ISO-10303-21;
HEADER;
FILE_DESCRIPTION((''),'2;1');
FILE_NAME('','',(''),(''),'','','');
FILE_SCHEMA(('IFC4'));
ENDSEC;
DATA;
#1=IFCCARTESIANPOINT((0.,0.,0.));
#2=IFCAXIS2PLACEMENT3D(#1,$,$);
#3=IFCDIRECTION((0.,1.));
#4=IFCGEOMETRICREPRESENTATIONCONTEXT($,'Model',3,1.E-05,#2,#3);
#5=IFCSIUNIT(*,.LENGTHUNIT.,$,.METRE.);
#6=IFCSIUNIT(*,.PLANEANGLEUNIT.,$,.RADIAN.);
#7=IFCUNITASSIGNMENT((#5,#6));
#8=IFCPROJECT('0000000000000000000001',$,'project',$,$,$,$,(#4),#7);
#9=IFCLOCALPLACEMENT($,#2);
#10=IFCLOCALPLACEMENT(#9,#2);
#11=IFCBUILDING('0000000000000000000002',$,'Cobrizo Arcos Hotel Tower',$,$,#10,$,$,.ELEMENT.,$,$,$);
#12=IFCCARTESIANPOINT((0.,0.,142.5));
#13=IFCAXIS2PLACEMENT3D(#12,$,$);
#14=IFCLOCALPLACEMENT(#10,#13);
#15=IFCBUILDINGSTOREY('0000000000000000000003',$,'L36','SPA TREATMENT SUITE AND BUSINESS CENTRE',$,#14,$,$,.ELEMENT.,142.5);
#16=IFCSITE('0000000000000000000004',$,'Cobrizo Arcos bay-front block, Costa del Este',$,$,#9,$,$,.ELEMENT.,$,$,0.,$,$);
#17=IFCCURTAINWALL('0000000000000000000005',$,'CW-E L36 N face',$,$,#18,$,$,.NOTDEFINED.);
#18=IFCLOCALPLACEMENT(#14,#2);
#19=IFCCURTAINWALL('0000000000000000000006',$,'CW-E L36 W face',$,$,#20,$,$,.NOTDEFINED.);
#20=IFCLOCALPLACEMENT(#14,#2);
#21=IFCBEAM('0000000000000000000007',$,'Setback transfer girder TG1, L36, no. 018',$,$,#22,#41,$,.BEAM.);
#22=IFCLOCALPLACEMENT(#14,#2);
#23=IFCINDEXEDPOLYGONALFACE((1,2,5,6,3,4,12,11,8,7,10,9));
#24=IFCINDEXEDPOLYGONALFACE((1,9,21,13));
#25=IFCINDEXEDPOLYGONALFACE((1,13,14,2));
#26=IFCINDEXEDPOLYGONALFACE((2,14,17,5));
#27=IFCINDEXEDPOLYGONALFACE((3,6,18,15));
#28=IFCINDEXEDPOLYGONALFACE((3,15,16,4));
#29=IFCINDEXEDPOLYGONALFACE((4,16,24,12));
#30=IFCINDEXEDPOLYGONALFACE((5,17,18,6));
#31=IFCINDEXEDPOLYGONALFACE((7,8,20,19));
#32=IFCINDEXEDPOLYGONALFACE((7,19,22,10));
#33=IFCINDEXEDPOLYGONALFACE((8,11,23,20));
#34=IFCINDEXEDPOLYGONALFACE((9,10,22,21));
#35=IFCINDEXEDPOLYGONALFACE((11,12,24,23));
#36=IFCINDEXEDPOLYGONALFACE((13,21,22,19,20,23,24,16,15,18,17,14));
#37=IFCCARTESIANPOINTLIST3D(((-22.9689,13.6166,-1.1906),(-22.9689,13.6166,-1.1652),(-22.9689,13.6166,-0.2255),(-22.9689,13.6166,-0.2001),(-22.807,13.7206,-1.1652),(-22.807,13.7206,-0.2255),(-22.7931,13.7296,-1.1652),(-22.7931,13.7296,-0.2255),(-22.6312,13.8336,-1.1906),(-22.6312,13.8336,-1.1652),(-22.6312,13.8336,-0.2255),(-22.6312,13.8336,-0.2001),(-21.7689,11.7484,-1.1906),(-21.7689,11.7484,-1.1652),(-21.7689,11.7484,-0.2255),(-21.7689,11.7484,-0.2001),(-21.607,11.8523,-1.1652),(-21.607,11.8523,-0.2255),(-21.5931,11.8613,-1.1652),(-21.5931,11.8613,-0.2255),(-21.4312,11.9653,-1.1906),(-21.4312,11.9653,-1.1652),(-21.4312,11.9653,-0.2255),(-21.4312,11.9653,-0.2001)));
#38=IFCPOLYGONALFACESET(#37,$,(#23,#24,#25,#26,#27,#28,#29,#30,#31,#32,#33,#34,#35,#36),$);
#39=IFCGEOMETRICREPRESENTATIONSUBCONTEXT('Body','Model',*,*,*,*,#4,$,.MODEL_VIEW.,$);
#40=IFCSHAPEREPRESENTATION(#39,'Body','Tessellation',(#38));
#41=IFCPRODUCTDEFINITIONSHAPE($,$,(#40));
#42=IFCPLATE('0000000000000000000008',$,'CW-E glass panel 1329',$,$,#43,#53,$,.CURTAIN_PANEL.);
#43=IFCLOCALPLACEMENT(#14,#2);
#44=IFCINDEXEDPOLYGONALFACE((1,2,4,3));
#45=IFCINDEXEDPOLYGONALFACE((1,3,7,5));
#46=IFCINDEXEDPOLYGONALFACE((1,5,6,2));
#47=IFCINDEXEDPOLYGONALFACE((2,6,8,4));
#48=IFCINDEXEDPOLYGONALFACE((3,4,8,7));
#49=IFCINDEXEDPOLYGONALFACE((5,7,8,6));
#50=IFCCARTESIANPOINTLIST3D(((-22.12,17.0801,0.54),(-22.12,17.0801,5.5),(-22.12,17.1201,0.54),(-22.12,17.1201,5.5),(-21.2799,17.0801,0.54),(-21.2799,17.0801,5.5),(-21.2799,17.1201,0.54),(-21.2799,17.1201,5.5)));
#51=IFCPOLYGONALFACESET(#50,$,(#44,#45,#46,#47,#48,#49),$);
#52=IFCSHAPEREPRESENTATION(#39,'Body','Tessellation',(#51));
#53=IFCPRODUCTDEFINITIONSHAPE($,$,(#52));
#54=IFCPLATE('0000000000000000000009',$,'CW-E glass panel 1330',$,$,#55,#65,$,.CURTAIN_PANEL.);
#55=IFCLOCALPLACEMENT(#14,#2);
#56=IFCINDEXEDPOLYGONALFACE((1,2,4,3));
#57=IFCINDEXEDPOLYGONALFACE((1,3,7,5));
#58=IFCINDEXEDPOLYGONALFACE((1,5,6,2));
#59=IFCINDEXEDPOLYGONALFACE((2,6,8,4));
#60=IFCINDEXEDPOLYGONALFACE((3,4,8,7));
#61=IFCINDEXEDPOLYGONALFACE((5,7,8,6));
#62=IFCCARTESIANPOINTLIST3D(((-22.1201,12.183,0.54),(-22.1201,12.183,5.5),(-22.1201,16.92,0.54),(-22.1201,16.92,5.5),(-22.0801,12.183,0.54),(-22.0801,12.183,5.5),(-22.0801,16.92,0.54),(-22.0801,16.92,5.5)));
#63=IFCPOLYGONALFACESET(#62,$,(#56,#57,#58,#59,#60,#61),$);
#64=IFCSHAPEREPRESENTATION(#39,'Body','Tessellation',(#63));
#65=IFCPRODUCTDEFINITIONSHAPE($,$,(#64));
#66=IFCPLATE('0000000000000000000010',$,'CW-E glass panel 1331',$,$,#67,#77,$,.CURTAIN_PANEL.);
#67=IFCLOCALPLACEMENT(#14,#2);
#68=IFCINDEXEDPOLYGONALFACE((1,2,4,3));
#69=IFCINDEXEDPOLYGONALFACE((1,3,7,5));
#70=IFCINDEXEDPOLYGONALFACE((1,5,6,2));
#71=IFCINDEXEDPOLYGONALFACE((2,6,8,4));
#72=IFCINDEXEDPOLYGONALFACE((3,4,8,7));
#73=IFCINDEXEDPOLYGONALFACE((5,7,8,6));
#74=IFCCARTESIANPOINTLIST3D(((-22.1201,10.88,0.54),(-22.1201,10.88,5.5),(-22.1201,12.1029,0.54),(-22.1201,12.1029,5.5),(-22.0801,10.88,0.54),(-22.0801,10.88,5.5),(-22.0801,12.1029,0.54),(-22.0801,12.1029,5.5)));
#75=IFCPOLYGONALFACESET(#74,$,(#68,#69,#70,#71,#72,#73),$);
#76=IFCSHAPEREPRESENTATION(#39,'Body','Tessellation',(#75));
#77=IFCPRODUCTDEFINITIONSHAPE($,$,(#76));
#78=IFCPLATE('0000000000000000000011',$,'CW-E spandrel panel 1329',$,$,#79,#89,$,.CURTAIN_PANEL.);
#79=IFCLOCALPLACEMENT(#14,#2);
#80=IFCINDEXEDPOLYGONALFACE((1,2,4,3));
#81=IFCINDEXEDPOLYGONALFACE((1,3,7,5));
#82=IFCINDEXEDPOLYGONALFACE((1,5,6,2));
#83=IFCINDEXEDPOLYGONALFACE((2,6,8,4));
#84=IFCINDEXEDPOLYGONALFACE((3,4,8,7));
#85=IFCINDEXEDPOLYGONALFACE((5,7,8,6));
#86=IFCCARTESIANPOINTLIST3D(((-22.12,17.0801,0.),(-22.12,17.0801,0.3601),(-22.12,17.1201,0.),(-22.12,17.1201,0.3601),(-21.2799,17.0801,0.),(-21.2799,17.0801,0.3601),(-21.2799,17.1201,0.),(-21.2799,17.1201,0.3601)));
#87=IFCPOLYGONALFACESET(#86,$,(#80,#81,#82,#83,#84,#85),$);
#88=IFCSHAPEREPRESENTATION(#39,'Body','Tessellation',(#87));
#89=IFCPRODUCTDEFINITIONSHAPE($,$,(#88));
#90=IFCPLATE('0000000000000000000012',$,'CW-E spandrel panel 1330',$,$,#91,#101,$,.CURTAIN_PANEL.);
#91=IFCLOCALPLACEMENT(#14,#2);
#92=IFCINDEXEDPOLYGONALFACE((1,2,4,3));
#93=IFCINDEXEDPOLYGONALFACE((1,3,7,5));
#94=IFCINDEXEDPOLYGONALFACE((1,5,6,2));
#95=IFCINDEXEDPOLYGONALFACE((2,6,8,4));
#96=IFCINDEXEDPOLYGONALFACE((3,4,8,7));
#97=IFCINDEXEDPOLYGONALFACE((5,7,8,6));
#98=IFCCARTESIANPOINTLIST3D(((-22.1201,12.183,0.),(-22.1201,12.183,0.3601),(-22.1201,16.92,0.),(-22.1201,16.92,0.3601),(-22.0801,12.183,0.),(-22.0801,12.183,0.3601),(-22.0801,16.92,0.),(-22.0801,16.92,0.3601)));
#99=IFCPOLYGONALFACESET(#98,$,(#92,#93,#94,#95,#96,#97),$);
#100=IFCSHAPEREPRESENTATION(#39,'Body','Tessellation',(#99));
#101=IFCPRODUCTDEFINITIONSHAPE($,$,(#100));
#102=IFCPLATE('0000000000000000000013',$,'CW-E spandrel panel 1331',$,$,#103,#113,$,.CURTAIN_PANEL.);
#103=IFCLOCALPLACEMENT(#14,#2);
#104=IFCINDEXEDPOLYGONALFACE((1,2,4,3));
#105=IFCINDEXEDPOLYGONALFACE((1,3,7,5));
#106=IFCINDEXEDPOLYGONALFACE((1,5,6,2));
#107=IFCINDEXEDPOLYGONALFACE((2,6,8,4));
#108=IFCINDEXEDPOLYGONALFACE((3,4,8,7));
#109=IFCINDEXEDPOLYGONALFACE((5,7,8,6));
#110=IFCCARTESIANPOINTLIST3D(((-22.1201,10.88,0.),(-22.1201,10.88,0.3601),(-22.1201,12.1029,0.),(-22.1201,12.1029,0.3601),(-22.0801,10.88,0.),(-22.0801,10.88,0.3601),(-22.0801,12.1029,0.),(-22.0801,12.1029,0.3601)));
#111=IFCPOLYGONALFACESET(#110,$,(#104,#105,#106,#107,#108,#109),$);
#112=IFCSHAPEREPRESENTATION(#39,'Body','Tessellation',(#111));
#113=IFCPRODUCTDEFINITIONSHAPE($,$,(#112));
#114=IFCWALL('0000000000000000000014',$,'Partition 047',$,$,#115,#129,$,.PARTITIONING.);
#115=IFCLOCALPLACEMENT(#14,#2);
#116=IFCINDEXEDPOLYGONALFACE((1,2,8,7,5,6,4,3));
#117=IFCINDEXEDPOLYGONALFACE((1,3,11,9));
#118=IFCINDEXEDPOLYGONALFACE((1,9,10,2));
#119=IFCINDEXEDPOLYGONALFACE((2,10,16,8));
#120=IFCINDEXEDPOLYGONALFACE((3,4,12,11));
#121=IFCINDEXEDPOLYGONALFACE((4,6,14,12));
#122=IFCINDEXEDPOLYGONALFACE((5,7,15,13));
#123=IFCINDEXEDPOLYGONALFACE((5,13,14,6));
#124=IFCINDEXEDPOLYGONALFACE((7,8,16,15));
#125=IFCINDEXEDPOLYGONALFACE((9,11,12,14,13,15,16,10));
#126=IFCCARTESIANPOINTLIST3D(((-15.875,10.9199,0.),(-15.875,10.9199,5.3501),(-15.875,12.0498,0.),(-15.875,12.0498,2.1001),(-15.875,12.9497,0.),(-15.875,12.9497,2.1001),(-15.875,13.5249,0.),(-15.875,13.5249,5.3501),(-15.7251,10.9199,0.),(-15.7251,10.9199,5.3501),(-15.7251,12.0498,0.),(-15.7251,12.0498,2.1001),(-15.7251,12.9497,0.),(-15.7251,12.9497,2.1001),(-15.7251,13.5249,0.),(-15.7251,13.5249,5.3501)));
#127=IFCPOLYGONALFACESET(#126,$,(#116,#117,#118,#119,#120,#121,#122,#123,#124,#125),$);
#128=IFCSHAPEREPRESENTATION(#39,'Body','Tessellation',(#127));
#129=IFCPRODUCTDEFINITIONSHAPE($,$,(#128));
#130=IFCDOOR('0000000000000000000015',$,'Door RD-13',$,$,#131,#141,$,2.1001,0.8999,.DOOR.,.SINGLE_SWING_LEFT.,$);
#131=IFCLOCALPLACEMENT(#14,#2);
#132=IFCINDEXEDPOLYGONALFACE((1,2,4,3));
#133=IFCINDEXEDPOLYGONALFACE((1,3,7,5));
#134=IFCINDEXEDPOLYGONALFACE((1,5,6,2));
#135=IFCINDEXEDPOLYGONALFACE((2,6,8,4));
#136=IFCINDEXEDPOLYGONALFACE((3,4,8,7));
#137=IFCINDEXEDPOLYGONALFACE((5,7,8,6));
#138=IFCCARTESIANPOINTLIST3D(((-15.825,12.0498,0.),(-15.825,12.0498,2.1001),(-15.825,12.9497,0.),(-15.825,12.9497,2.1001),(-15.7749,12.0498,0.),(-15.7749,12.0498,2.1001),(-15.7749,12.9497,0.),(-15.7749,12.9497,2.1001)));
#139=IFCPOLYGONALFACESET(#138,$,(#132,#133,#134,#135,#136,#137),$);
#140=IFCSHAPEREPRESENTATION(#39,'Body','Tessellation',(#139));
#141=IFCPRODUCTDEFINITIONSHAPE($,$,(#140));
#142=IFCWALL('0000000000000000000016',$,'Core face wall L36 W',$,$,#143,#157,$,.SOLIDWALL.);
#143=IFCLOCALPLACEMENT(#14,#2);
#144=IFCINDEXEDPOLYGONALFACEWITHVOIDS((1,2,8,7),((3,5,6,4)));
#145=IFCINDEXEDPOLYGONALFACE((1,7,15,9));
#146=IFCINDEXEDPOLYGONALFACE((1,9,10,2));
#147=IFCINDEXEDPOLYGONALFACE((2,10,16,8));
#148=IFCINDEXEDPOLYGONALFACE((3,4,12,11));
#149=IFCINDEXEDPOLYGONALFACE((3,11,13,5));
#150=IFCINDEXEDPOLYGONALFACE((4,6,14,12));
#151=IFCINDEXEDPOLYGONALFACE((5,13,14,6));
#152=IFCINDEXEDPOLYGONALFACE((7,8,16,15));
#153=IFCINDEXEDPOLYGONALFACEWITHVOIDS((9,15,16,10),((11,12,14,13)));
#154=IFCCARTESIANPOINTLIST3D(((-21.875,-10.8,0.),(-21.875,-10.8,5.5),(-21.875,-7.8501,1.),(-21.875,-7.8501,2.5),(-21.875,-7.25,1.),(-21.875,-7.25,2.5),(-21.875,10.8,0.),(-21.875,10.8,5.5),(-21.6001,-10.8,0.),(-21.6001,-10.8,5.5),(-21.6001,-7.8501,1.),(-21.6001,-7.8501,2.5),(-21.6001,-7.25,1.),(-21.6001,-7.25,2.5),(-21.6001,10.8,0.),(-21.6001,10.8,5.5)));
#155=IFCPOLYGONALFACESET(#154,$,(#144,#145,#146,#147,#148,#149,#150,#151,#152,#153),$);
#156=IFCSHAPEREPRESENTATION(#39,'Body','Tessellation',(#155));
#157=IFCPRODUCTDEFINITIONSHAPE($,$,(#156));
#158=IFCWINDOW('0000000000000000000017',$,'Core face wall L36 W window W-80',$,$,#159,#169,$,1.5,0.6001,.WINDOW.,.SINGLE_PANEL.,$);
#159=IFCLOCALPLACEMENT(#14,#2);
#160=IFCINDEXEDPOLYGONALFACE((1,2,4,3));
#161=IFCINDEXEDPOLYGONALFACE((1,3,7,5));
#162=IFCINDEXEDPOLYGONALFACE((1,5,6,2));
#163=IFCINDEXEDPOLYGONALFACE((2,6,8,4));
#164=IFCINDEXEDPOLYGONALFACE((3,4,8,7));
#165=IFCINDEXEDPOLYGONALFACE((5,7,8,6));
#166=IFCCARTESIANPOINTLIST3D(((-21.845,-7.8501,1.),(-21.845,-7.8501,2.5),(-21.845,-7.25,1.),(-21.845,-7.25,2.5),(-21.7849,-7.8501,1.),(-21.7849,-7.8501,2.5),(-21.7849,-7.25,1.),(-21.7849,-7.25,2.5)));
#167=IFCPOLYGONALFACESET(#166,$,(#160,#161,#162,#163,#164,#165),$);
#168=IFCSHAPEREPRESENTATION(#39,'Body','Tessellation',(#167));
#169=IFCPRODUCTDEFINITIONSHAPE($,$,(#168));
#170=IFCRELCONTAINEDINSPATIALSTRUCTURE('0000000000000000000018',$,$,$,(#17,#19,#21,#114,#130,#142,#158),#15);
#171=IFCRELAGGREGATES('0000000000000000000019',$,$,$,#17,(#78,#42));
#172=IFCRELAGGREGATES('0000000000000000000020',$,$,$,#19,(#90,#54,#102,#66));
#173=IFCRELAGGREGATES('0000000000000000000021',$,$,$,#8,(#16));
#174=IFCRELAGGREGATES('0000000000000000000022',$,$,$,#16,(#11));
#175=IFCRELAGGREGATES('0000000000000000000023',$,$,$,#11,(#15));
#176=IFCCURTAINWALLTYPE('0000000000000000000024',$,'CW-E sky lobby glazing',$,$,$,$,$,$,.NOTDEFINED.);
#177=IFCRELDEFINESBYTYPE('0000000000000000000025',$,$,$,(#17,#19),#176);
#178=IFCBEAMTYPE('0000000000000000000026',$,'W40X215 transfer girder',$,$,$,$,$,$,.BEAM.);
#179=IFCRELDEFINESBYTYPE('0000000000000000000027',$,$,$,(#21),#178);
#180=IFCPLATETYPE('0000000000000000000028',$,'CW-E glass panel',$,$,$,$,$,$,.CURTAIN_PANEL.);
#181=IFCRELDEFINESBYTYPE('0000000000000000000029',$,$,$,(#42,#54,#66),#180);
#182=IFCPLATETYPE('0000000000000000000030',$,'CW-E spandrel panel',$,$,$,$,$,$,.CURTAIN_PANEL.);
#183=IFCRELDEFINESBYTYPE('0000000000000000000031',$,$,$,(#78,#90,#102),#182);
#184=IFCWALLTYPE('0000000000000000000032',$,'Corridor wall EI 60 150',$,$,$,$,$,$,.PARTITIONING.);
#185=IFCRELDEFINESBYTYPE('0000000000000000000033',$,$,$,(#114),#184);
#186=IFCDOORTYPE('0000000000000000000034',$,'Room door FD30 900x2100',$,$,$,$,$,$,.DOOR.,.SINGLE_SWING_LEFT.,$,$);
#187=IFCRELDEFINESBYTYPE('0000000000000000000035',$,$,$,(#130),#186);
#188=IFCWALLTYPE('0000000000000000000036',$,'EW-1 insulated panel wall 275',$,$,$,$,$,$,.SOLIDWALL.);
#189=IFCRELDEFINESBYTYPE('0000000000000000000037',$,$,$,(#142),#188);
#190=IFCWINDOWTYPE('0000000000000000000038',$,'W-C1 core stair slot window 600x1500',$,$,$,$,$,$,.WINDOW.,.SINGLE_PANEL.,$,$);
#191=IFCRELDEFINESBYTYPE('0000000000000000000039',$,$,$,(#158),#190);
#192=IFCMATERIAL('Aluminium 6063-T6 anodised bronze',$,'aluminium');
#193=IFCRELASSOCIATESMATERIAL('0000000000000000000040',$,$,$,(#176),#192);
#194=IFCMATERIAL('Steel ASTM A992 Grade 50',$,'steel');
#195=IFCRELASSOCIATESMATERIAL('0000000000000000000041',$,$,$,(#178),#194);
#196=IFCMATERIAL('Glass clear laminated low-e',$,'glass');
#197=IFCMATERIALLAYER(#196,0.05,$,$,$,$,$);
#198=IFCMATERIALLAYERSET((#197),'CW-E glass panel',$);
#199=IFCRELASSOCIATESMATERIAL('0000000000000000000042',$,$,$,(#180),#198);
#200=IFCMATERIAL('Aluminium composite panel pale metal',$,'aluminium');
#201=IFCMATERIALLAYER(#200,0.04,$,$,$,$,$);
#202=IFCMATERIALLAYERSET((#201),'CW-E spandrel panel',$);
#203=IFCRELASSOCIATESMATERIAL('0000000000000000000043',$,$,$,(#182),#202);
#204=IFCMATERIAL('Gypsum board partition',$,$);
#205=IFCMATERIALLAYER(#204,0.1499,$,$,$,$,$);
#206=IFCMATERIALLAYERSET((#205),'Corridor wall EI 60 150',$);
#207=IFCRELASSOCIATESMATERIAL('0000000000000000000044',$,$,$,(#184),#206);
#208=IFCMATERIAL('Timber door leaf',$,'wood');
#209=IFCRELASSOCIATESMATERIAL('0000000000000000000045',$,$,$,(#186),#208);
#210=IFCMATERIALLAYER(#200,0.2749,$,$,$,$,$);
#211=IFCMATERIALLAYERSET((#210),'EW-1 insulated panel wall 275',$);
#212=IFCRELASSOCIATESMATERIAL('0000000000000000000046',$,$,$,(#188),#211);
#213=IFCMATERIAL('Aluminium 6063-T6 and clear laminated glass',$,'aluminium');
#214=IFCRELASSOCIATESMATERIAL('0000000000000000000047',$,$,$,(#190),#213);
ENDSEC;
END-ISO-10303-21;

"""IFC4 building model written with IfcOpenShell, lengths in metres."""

from ifc_helpers import new_model, si_unit, direction, frame, frame_2d, origin, origin_2d, place, context, subcontext, project, spatial, rectangle, i_section, extrude, material, layer, layer_set, material_profile, profile_set, type_object, element, fill, aggregate, save


model = new_model("IFC4")

# Units and contexts
model_context = context("Model", 3, precision=1e-05, world=origin(), true_north=direction((0.0, 1.0)))
body_context = subcontext(model_context, "Body", "Model", "MODEL_VIEW")
ifc_project = project(units=[si_unit("LENGTHUNIT", "METRE"), si_unit("PLANEANGLEUNIT", "RADIAN")], contexts=[model_context])

# Site, building, storey
site_placement = place(None, origin())
site = spatial("IfcSite", under=ifc_project, at=site_placement, Name="Cobrizo Arcos bay-front block, Costa del Este", CompositionType="ELEMENT", RefElevation=0.0)
building_placement = place(site_placement, origin())
building = spatial("IfcBuilding", under=site, at=building_placement, Name="Cobrizo Arcos Hotel Tower", CompositionType="ELEMENT")
storey_placement = place(building_placement, frame((0.0, 0.0, 142.5)))
storey = spatial("IfcBuildingStorey", under=building, at=storey_placement, Name="L36", Description="SPA TREATMENT SUITE AND BUSINESS CENTRE", CompositionType="ELEMENT", Elevation=142.5)

# Curtain wall
ifc_material_1 = material(Name="Aluminium 6063-T6 anodised bronze", Category="aluminium")
curtain_wall_type = type_object("IfcCurtainWallType", Name="CW-E sky lobby glazing", PredefinedType="NOTDEFINED", material=ifc_material_1)
curtain_wall_1_placement = place(storey_placement, origin())
curtain_wall_1 = element("IfcCurtainWall", 1, at=curtain_wall_1_placement, inside=storey, type_object=curtain_wall_type, Name="CW-E L36 N face", PredefinedType="NOTDEFINED")

# Curtain wall
curtain_wall_2_placement = place(storey_placement, origin())
curtain_wall_2 = element("IfcCurtainWall", 2, at=curtain_wall_2_placement, inside=storey, type_object=curtain_wall_type, Name="CW-E L36 W face", PredefinedType="NOTDEFINED")

# Beam
ifc_material_2 = material(Name="Steel ASTM A992 Grade 50", Category="steel")
ifc_material_profile_1 = material_profile(ifc_material_2, i_section(OverallWidth=0.4014, OverallDepth=0.9905, WebThickness=0.0166, FlangeThickness=0.0254, at=origin_2d()), Name="W40X215")
ifc_profile_set_1 = profile_set([ifc_material_profile_1], Name="Steel ASTM A992 Grade 50")
beam_type_1 = type_object("IfcBeamType", Name="W40X215 transfer girder", PredefinedType="BEAM", material=ifc_profile_set_1)
beam_1_placement = place(storey_placement, frame((-22.8, 13.7251, -0.6953), z_axis=(0.540435, -0.841386, 0.0), x_axis=(0.841386, 0.540435, 0.0)))
element("IfcBeam", 3, at=beam_1_placement, inside=storey, type_object=beam_type_1, Name="Setback transfer girder TG1, L36, no. 018", PredefinedType="BEAM", context=body_context, shape_type="SweptSolid", body=[
    extrude(i_section(OverallWidth=0.4014, OverallDepth=0.9905, WebThickness=0.0166, FlangeThickness=0.0254, at=origin_2d()), origin(), (0.0, 0.0, 1.0), 2.2205),
])

# Plates
ifc_material_3 = material(Name="Glass clear laminated low-e", Category="glass")
ifc_layer_1 = layer(ifc_material_3, 0.05)
ifc_layer_set_1 = layer_set([ifc_layer_1], Name="CW-E glass panel")
plate_type_1 = type_object("IfcPlateType", Name="CW-E glass panel", PredefinedType="CURTAIN_PANEL", material=ifc_layer_set_1)
plate_1_placement = place(storey_placement, frame((-21.7, 17.1001, 0.54), z_axis=(0.0, 0.0, 1.0), x_axis=(-1.0, 0.0, 0.0)))
plate_1 = element("IfcPlate", 4, at=plate_1_placement, type_object=plate_type_1, Name="CW-E glass panel 1329", PredefinedType="CURTAIN_PANEL", context=body_context, shape_type="SweptSolid", body=[
    extrude(rectangle(XDim=0.8401, YDim=0.04, at=origin_2d()), origin(), (0.0, 0.0, 1.0), 4.96),
])
plate_2_placement = place(storey_placement, frame((-22.1001, 14.5515, 0.54), z_axis=(0.0, 0.0, 1.0), x_axis=(0.0, -1.0, 0.0)))
plate_2 = element("IfcPlate", 5, at=plate_2_placement, type_object=plate_type_1, Name="CW-E glass panel 1330", PredefinedType="CURTAIN_PANEL", context=body_context, shape_type="SweptSolid", body=[
    extrude(rectangle(XDim=4.7371, YDim=0.04, at=origin_2d()), origin(), (0.0, 0.0, 1.0), 4.96),
])
plate_3_placement = place(storey_placement, frame((-22.1001, 11.4915, 0.54), z_axis=(0.0, 0.0, 1.0), x_axis=(0.0, -1.0, 0.0)))
plate_3 = element("IfcPlate", 6, at=plate_3_placement, type_object=plate_type_1, Name="CW-E glass panel 1331", PredefinedType="CURTAIN_PANEL", context=body_context, shape_type="SweptSolid", body=[
    extrude(rectangle(XDim=1.2229, YDim=0.04, at=origin_2d()), origin(), (0.0, 0.0, 1.0), 4.96),
])
ifc_material_4 = material(Name="Aluminium composite panel pale metal", Category="aluminium")
ifc_layer_2 = layer(ifc_material_4, 0.04)
ifc_layer_set_2 = layer_set([ifc_layer_2], Name="CW-E spandrel panel")
plate_type_2 = type_object("IfcPlateType", Name="CW-E spandrel panel", PredefinedType="CURTAIN_PANEL", material=ifc_layer_set_2)
plate_4_placement = place(storey_placement, frame((-21.7, 17.1001, 0.0), z_axis=(0.0, 0.0, 1.0), x_axis=(-1.0, 0.0, 0.0)))
plate_4 = element("IfcPlate", 7, at=plate_4_placement, type_object=plate_type_2, Name="CW-E spandrel panel 1329", PredefinedType="CURTAIN_PANEL", context=body_context, shape_type="SweptSolid", body=[
    extrude(rectangle(XDim=0.8401, YDim=0.04, at=origin_2d()), origin(), (0.0, 0.0, 1.0), 0.3601),
])
aggregate(curtain_wall_1, [plate_4, plate_1])
plate_5_placement = place(storey_placement, frame((-22.1001, 14.5515, 0.0), z_axis=(0.0, 0.0, 1.0), x_axis=(0.0, -1.0, 0.0)))
plate_5 = element("IfcPlate", 8, at=plate_5_placement, type_object=plate_type_2, Name="CW-E spandrel panel 1330", PredefinedType="CURTAIN_PANEL", context=body_context, shape_type="SweptSolid", body=[
    extrude(rectangle(XDim=4.7371, YDim=0.04, at=origin_2d()), origin(), (0.0, 0.0, 1.0), 0.3601),
])
plate_6_placement = place(storey_placement, frame((-22.1001, 11.4915, 0.0), z_axis=(0.0, 0.0, 1.0), x_axis=(0.0, -1.0, 0.0)))
plate_6 = element("IfcPlate", 9, at=plate_6_placement, type_object=plate_type_2, Name="CW-E spandrel panel 1331", PredefinedType="CURTAIN_PANEL", context=body_context, shape_type="SweptSolid", body=[
    extrude(rectangle(XDim=1.2229, YDim=0.04, at=origin_2d()), origin(), (0.0, 0.0, 1.0), 0.3601),
])
aggregate(curtain_wall_2, [plate_5, plate_2, plate_6, plate_3])

# Wall, opening, door
ifc_material_5 = material(Name="Gypsum board partition")
ifc_layer_3 = layer(ifc_material_5, 0.1499)
ifc_layer_set_3 = layer_set([ifc_layer_3], Name="Corridor wall EI 60 150")
wall_type_1 = type_object("IfcWallType", Name="Corridor wall EI 60 150", PredefinedType="PARTITIONING", material=ifc_layer_set_3)
wall_1_placement = place(storey_placement, frame((-15.8, 10.9199, 0.0), z_axis=(0.0, 0.0, 1.0), x_axis=(0.0, 1.0, 0.0)))
wall_1 = element("IfcWall", 10, at=wall_1_placement, inside=storey, type_object=wall_type_1, Name="Partition 047", PredefinedType="PARTITIONING", context=body_context, shape_type="SweptSolid", body=[
    extrude(rectangle(XDim=2.605, YDim=0.1499, at=frame_2d((1.3025, 0.0))), origin(), (0.0, 0.0, 1.0), 5.3501),
])
opening_1_placement = place(wall_1_placement, frame((1.1299, 0.0, 0.0)))
opening_1 = element("IfcOpeningElement", 11, at=opening_1_placement, cuts=wall_1, PredefinedType="OPENING", context=body_context, shape_type="SweptSolid", body=[
    extrude(rectangle(XDim=0.8999, YDim=2.1001, at=frame_2d((0.45, 1.05))), frame((0.0, 0.0869, 0.0), z_axis=(0.0, -1.0, 0.0), x_axis=(1.0, 0.0, 0.0)), (0.0, 0.0, 1.0), 0.1738),
])
ifc_material_6 = material(Name="Timber door leaf", Category="wood")
door_type_1 = type_object("IfcDoorType", Name="Room door FD30 900x2100", OperationType="SINGLE_SWING_LEFT", PredefinedType="DOOR", material=ifc_material_6)
door_1_placement = place(opening_1_placement, origin())
door_1 = element("IfcDoor", 12, at=door_1_placement, inside=storey, type_object=door_type_1, Name="Door RD-13", OperationType="SINGLE_SWING_LEFT", OverallHeight=2.1001, OverallWidth=0.8999, PredefinedType="DOOR", context=body_context, shape_type="SweptSolid", body=[
    extrude(rectangle(XDim=0.8999, YDim=2.1001, at=frame_2d((0.45, 1.05))), frame((0.0, 0.0249, 0.0), z_axis=(0.0, -1.0, 0.0), x_axis=(1.0, 0.0, 0.0)), (0.0, 0.0, 1.0), 0.05),
])
fill(opening_1, door_1)

# Wall, opening, window
ifc_layer_4 = layer(ifc_material_4, 0.2749)
ifc_layer_set_4 = layer_set([ifc_layer_4], Name="EW-1 insulated panel wall 275")
wall_type_2 = type_object("IfcWallType", Name="EW-1 insulated panel wall 275", PredefinedType="SOLIDWALL", material=ifc_layer_set_4)
wall_2_placement = place(storey_placement, frame((-21.7375, 10.8, 0.0), z_axis=(0.0, 0.0, 1.0), x_axis=(0.0, -1.0, 0.0)))
wall_2 = element("IfcWall", 13, at=wall_2_placement, inside=storey, type_object=wall_type_2, Name="Core face wall L36 W", PredefinedType="SOLIDWALL", context=body_context, shape_type="SweptSolid", body=[
    extrude(rectangle(XDim=21.6001, YDim=0.2749, at=frame_2d((10.8, 0.0))), origin(), (0.0, 0.0, 1.0), 5.5),
])
opening_2_placement = place(wall_2_placement, frame((18.05, 0.0, 1.0)))
opening_2 = element("IfcOpeningElement", 14, at=opening_2_placement, cuts=wall_2, PredefinedType="OPENING", context=body_context, shape_type="SweptSolid", body=[
    extrude(rectangle(XDim=0.6001, YDim=1.5, at=frame_2d((0.3, 0.75))), frame((0.0, 0.1494, 0.0), z_axis=(0.0, -1.0, 0.0), x_axis=(1.0, 0.0, 0.0)), (0.0, 0.0, 1.0), 0.2988),
])
ifc_material_7 = material(Name="Aluminium 6063-T6 and clear laminated glass", Category="aluminium")
window_type = type_object("IfcWindowType", Name="W-C1 core stair slot window 600x1500", PartitioningType="SINGLE_PANEL", PredefinedType="WINDOW", material=ifc_material_7)
window_placement = place(opening_2_placement, origin())
window = element("IfcWindow", 15, at=window_placement, inside=storey, type_object=window_type, Name="Core face wall L36 W window W-80", OverallHeight=1.5, OverallWidth=0.6001, PartitioningType="SINGLE_PANEL", PredefinedType="WINDOW", context=body_context, shape_type="SweptSolid", body=[
    extrude(rectangle(XDim=0.6001, YDim=1.5, at=frame_2d((0.3, 0.75))), frame((0.0, -0.0474, 0.0), z_axis=(0.0, -1.0, 0.0), x_axis=(1.0, 0.0, 0.0)), (0.0, 0.0, 1.0), 0.0601),
])
fill(opening_2, window)

save(model, "model.ifc")
